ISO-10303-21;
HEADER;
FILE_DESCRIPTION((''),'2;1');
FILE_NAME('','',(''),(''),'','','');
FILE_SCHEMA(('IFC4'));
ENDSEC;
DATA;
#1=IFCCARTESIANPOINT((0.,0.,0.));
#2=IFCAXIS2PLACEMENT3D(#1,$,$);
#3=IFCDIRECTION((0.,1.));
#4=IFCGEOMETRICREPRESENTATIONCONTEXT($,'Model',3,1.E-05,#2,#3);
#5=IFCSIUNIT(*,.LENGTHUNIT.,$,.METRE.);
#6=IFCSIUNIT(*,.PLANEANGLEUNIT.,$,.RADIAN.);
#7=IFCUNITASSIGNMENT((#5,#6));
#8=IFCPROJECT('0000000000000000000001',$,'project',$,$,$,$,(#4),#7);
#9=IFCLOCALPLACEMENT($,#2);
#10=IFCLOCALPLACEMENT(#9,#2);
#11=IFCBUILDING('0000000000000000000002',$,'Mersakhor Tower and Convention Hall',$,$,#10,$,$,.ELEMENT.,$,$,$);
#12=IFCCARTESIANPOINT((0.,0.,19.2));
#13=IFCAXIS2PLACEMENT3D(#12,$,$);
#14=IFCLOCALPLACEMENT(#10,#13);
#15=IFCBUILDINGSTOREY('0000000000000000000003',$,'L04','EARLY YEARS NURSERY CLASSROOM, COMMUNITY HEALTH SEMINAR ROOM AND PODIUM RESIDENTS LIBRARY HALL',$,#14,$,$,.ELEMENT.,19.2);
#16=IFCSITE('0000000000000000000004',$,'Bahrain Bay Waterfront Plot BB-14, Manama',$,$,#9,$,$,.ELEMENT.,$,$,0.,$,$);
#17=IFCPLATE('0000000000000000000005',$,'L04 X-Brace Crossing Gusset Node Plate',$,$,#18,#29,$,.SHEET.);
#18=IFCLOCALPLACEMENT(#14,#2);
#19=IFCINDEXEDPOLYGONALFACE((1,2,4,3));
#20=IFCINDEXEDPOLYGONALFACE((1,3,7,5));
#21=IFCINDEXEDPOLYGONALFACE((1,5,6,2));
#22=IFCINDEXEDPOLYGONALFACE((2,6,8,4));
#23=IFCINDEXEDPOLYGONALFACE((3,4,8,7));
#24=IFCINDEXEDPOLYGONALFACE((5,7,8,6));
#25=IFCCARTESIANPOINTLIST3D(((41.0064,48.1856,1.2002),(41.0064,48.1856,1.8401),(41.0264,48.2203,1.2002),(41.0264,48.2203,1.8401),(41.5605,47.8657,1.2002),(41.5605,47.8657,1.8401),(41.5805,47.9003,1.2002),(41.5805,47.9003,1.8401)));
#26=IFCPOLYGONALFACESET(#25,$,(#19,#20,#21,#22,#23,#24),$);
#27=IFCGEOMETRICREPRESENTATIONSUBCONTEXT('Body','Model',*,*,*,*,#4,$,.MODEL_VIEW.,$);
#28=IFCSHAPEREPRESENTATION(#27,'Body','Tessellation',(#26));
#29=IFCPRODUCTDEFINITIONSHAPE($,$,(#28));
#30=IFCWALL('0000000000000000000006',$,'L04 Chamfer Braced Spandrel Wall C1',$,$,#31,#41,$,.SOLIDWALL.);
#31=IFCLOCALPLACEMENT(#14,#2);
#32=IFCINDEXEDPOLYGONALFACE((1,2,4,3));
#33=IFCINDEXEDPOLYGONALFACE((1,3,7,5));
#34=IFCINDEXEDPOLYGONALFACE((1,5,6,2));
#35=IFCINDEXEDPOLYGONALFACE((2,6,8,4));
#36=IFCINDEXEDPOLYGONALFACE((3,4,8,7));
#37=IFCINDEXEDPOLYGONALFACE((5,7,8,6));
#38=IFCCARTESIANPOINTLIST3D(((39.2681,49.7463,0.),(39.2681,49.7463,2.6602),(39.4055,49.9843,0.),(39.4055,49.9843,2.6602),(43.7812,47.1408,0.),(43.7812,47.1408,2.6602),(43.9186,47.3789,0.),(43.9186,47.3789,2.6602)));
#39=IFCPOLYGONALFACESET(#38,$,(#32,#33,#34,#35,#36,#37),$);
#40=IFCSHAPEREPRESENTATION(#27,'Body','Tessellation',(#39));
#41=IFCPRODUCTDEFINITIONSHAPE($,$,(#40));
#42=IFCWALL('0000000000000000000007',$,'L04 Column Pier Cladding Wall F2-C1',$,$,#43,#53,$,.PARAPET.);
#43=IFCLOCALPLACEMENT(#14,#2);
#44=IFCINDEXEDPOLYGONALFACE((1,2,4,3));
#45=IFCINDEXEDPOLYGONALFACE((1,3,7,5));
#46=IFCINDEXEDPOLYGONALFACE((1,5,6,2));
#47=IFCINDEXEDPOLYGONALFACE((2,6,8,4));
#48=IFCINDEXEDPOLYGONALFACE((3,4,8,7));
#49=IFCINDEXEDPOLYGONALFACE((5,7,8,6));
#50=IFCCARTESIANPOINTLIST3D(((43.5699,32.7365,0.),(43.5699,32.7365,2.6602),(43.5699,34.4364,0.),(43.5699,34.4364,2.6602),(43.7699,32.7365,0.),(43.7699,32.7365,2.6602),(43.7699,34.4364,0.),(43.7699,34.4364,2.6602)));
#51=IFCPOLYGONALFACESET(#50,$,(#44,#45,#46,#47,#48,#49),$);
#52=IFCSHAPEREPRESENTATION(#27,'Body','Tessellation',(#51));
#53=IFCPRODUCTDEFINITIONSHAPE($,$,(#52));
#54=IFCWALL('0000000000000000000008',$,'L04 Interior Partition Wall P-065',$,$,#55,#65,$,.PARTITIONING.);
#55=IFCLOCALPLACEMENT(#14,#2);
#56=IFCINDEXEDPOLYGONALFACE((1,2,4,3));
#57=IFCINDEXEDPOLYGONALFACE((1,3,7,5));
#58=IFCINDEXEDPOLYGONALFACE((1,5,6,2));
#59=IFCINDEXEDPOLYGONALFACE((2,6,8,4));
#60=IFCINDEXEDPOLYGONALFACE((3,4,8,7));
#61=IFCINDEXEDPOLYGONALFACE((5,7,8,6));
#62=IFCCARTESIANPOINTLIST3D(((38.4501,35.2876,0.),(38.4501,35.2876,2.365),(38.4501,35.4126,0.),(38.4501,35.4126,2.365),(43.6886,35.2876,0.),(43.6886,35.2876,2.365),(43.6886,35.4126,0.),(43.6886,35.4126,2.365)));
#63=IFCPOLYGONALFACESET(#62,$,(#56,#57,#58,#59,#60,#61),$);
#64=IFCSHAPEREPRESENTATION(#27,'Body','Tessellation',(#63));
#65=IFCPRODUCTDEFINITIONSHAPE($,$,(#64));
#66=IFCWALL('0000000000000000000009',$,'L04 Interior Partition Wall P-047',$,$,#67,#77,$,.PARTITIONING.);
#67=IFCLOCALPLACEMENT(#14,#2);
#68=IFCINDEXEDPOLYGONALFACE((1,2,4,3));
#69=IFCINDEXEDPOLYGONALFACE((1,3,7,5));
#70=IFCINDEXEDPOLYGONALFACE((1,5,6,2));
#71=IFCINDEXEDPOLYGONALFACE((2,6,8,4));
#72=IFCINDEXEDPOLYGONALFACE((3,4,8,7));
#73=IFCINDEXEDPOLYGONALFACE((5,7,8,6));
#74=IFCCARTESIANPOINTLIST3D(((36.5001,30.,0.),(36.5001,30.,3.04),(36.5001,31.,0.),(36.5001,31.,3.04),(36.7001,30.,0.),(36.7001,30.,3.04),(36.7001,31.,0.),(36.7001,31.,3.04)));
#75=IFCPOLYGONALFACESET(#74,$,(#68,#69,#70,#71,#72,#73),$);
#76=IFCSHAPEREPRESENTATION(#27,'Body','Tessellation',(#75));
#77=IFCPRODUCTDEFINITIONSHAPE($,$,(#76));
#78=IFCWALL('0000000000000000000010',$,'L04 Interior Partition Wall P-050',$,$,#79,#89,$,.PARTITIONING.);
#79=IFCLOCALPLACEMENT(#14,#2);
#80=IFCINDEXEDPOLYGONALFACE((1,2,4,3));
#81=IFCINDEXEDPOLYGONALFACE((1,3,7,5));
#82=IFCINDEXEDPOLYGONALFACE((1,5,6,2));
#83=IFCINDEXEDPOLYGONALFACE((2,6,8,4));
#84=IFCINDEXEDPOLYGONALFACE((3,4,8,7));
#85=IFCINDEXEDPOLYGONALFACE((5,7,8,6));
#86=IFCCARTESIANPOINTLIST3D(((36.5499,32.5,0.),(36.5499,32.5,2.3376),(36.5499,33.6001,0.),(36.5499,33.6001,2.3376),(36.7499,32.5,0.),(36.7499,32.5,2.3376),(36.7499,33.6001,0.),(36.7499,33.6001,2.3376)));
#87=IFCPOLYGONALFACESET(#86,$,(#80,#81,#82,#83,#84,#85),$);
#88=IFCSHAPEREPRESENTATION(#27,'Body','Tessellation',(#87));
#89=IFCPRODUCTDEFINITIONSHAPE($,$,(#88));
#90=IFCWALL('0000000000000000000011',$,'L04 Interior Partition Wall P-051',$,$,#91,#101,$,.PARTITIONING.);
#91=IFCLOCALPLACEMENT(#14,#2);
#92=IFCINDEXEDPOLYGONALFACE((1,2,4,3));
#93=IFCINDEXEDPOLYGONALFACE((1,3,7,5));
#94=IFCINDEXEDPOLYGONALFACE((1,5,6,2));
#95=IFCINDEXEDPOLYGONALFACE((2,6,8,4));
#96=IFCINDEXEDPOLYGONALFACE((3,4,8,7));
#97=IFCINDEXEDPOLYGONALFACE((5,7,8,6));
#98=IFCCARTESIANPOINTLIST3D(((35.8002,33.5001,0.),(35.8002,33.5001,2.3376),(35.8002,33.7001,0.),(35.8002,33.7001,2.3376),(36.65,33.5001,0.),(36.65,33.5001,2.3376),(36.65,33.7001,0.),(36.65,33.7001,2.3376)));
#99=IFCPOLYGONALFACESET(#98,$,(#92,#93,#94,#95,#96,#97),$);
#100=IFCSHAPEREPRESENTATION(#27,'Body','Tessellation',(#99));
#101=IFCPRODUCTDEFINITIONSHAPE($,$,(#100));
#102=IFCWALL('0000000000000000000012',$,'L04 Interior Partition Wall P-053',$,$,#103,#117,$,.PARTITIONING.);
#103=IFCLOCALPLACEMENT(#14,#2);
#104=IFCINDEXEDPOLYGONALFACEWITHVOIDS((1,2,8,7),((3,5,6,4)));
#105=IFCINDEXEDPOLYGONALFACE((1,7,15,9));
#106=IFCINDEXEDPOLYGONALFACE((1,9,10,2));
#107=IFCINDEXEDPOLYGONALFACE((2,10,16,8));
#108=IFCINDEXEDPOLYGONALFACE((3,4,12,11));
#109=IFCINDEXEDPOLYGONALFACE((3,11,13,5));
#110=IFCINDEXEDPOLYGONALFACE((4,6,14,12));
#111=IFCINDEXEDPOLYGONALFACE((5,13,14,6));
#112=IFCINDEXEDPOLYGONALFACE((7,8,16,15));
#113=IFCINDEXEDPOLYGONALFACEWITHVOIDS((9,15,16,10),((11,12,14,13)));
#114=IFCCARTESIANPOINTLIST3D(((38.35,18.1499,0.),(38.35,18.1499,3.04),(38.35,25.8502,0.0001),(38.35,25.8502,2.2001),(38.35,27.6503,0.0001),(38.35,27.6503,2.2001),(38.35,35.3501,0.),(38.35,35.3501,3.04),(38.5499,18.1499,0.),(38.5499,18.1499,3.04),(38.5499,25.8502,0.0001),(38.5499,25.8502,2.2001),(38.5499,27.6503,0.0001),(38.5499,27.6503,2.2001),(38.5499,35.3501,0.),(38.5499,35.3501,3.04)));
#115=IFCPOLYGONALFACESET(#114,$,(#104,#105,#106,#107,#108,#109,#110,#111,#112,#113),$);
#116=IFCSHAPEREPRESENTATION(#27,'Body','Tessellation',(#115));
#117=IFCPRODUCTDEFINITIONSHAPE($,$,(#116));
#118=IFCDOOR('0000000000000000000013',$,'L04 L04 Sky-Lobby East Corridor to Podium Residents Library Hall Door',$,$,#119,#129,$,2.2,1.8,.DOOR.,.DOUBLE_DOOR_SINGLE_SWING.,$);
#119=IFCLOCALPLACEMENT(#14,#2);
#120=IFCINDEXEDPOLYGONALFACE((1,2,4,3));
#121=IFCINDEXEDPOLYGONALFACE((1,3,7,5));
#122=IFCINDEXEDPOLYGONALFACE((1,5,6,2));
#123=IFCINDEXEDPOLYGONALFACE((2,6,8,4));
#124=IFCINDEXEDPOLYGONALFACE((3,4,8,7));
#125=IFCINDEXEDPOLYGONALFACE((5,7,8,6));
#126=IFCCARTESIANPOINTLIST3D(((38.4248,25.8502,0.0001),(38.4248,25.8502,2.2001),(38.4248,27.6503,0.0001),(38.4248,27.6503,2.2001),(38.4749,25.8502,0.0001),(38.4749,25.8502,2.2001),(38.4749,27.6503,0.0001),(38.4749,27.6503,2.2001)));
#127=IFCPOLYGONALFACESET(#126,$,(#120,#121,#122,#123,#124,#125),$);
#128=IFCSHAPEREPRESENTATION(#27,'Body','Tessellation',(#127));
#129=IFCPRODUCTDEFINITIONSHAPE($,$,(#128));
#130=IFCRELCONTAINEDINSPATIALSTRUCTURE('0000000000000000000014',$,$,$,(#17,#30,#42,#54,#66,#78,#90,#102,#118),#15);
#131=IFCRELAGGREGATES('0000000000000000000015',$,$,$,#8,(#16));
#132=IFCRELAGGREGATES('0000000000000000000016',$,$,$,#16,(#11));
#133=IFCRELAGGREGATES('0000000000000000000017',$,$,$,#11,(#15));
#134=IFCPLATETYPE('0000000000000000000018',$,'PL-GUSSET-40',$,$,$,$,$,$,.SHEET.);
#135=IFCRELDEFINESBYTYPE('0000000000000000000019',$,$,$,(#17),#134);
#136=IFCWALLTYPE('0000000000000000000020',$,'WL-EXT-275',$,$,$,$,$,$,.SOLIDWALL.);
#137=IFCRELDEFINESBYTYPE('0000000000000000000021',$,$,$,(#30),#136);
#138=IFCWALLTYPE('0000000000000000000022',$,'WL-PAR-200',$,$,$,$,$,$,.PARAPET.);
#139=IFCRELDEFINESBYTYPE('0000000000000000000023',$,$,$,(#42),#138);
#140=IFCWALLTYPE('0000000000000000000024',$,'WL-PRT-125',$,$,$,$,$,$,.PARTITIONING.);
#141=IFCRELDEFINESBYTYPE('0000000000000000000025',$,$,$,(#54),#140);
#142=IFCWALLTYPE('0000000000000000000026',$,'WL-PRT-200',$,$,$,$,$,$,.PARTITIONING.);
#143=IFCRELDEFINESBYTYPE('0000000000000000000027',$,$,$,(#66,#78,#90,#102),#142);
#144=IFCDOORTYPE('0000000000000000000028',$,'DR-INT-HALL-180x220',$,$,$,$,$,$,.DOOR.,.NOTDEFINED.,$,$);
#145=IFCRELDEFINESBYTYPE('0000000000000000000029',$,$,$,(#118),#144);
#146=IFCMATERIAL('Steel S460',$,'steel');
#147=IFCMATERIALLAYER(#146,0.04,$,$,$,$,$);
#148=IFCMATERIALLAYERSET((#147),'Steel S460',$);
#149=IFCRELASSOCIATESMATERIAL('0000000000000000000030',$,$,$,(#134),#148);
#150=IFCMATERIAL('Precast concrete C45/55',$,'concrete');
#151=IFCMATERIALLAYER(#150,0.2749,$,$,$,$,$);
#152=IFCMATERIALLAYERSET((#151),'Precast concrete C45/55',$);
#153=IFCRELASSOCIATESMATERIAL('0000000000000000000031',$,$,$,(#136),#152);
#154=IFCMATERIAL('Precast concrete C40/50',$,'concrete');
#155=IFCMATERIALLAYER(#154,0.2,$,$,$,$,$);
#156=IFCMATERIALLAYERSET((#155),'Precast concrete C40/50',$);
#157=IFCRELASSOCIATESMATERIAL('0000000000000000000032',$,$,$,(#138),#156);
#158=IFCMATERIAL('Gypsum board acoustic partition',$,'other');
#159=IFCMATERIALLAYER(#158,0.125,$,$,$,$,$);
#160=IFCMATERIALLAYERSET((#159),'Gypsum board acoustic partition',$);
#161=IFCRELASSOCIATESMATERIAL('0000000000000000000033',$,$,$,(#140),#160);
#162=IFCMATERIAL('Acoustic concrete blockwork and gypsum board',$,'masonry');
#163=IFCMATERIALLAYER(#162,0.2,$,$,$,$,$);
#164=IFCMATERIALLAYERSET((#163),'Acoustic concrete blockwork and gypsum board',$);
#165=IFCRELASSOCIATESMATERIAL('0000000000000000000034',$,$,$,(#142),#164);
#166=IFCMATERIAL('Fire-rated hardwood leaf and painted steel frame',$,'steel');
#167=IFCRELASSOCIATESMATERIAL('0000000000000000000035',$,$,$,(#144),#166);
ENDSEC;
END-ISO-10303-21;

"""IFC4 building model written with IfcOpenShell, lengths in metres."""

from ifc_helpers import new_model, si_unit, direction, frame, frame_2d, origin, origin_2d, place, context, subcontext, project, spatial, rectangle, extrude, material, layer, layer_set, type_object, element, fill, save


model = new_model("IFC4")

# Units and contexts
model_context = context("Model", 3, precision=1e-05, world=origin(), true_north=direction((0.0, 1.0)))
body_context = subcontext(model_context, "Body", "Model", "MODEL_VIEW")
ifc_project = project(units=[si_unit("LENGTHUNIT", "METRE"), si_unit("PLANEANGLEUNIT", "RADIAN")], contexts=[model_context])

# Site, building, storey
site_placement = place(None, origin())
site = spatial("IfcSite", under=ifc_project, at=site_placement, Name="Bahrain Bay Waterfront Plot BB-14, Manama", CompositionType="ELEMENT", RefElevation=0.0)
building_placement = place(site_placement, origin())
building = spatial("IfcBuilding", under=site, at=building_placement, Name="Mersakhor Tower and Convention Hall", CompositionType="ELEMENT")
storey_placement = place(building_placement, frame((0.0, 0.0, 19.2)))
storey = spatial("IfcBuildingStorey", under=building, at=storey_placement, Name="L04", Description="EARLY YEARS NURSERY CLASSROOM, COMMUNITY HEALTH SEMINAR ROOM AND PODIUM RESIDENTS LIBRARY HALL", CompositionType="ELEMENT", Elevation=19.2)

# Plate
ifc_material_1 = material(Name="Steel S460", Category="steel")
ifc_layer_1 = layer(ifc_material_1, 0.04)
ifc_layer_set_1 = layer_set([ifc_layer_1], Name="Steel S460")
plate_type = type_object("IfcPlateType", Name="PL-GUSSET-40", PredefinedType="SHEET", material=ifc_layer_set_1)
plate_placement = place(storey_placement, frame((41.2935, 48.043, 1.2002), z_axis=(0.0, 0.0, 1.0), x_axis=(-0.866025, 0.5, 0.0)))
element("IfcPlate", 1, at=plate_placement, inside=storey, type_object=plate_type, Name="L04 X-Brace Crossing Gusset Node Plate", PredefinedType="SHEET", context=body_context, shape_type="SweptSolid", body=[
    extrude(rectangle(XDim=0.6399, YDim=0.04, at=origin_2d()), origin(), (0.0, 0.0, 1.0), 0.6399),
])

# Walls
ifc_material_2 = material(Name="Precast concrete C45/55", Category="concrete")
ifc_layer_2 = layer(ifc_material_2, 0.2749)
ifc_layer_set_2 = layer_set([ifc_layer_2], Name="Precast concrete C45/55")
wall_type_1 = type_object("IfcWallType", Name="WL-EXT-275", PredefinedType="SOLIDWALL", material=ifc_layer_set_2)
wall_1_placement = place(storey_placement, frame((39.3369, 49.8652, 0.0), z_axis=(0.0, 0.0, 1.0), x_axis=(0.866044, -0.499968, 0.0)))
element("IfcWall", 2, at=wall_1_placement, inside=storey, type_object=wall_type_1, Name="L04 Chamfer Braced Spandrel Wall C1", PredefinedType="SOLIDWALL", context=body_context, shape_type="SweptSolid", body=[
    extrude(rectangle(XDim=5.2112, YDim=0.2749, at=frame_2d((2.6055, 0.0))), origin(), (0.0, 0.0, 1.0), 2.6602),
])
ifc_material_3 = material(Name="Precast concrete C40/50", Category="concrete")
ifc_layer_3 = layer(ifc_material_3, 0.2)
ifc_layer_set_3 = layer_set([ifc_layer_3], Name="Precast concrete C40/50")
wall_type_2 = type_object("IfcWallType", Name="WL-PAR-200", PredefinedType="PARAPET", material=ifc_layer_set_3)
wall_2_placement = place(storey_placement, frame((43.6699, 34.4365, 0.0), z_axis=(0.0, 0.0, 1.0), x_axis=(0.0, -1.0, 0.0)))
element("IfcWall", 3, at=wall_2_placement, inside=storey, type_object=wall_type_2, Name="L04 Column Pier Cladding Wall F2-C1", PredefinedType="PARAPET", context=body_context, shape_type="SweptSolid", body=[
    extrude(rectangle(XDim=1.7, YDim=0.2, at=frame_2d((0.8501, 0.0))), origin(), (0.0, 0.0, 1.0), 2.6602),
])
ifc_material_4 = material(Name="Gypsum board acoustic partition", Category="other")
ifc_layer_4 = layer(ifc_material_4, 0.125)
ifc_layer_set_4 = layer_set([ifc_layer_4], Name="Gypsum board acoustic partition")
wall_type_3 = type_object("IfcWallType", Name="WL-PRT-125", PredefinedType="PARTITIONING", material=ifc_layer_set_4)
wall_3_placement = place(storey_placement, frame((43.6885, 35.3501, 0.0), z_axis=(0.0, 0.0, 1.0), x_axis=(-1.0, 0.0, 0.0)))
element("IfcWall", 4, at=wall_3_placement, inside=storey, type_object=wall_type_3, Name="L04 Interior Partition Wall P-065", PredefinedType="PARTITIONING", context=body_context, shape_type="SweptSolid", body=[
    extrude(rectangle(XDim=5.2385, YDim=0.125, at=frame_2d((2.6191, 0.0))), origin(), (0.0, 0.0, 1.0), 2.365),
])
ifc_material_5 = material(Name="Acoustic concrete blockwork and gypsum board", Category="masonry")
ifc_layer_5 = layer(ifc_material_5, 0.2)
ifc_layer_set_5 = layer_set([ifc_layer_5], Name="Acoustic concrete blockwork and gypsum board")
wall_type_4 = type_object("IfcWallType", Name="WL-PRT-200", PredefinedType="PARTITIONING", material=ifc_layer_set_5)
wall_4_placement = place(storey_placement, frame((36.6001, 30.0, 0.0), z_axis=(0.0, 0.0, 1.0), x_axis=(0.0, 1.0, 0.0)))
element("IfcWall", 5, at=wall_4_placement, inside=storey, type_object=wall_type_4, Name="L04 Interior Partition Wall P-047", PredefinedType="PARTITIONING", context=body_context, shape_type="SweptSolid", body=[
    extrude(rectangle(XDim=1.0, YDim=0.2, at=frame_2d((0.5, 0.0))), origin(), (0.0, 0.0, 1.0), 3.04),
])
wall_5_placement = place(storey_placement, frame((36.6499, 32.5, 0.0), z_axis=(0.0, 0.0, 1.0), x_axis=(0.0, 1.0, 0.0)))
element("IfcWall", 6, at=wall_5_placement, inside=storey, type_object=wall_type_4, Name="L04 Interior Partition Wall P-050", PredefinedType="PARTITIONING", context=body_context, shape_type="SweptSolid", body=[
    extrude(rectangle(XDim=1.1001, YDim=0.2, at=frame_2d((0.55, 0.0))), origin(), (0.0, 0.0, 1.0), 2.3376),
])
wall_6_placement = place(storey_placement, frame((36.6499, 33.6001, 0.0), z_axis=(0.0, 0.0, 1.0), x_axis=(-1.0, 0.0, 0.0)))
element("IfcWall", 7, at=wall_6_placement, inside=storey, type_object=wall_type_4, Name="L04 Interior Partition Wall P-051", PredefinedType="PARTITIONING", context=body_context, shape_type="SweptSolid", body=[
    extrude(rectangle(XDim=0.8499, YDim=0.2, at=frame_2d((0.4248, 0.0))), origin(), (0.0, 0.0, 1.0), 2.3376),
])

# Wall, opening, door
wall_7_placement = place(storey_placement, frame((38.45, 35.3501, 0.0), z_axis=(0.0, 0.0, 1.0), x_axis=(0.0, -1.0, 0.0)))
wall_7 = element("IfcWall", 8, at=wall_7_placement, inside=storey, type_object=wall_type_4, Name="L04 Interior Partition Wall P-053", PredefinedType="PARTITIONING", context=body_context, shape_type="SweptSolid", body=[
    extrude(rectangle(XDim=17.2002, YDim=0.2, at=frame_2d((8.6001, 0.0))), origin(), (0.0, 0.0, 1.0), 3.04),
])
opening_placement = place(wall_7_placement, frame((7.7, 0.0, 0.0)))
opening = element("IfcOpeningElement", 9, at=opening_placement, cuts=wall_7, PredefinedType="OPENING", context=body_context, shape_type="SweptSolid", body=[
    extrude(rectangle(XDim=1.8, YDim=2.2, at=frame_2d((0.8999, 1.1001))), frame((0.0, 0.1099, 0.0), z_axis=(0.0, -1.0, 0.0), x_axis=(1.0, 0.0, 0.0)), (0.0, 0.0, 1.0), 0.22),
])
ifc_material_6 = material(Name="Fire-rated hardwood leaf and painted steel frame", Category="steel")
door_type = type_object("IfcDoorType", Name="DR-INT-HALL-180x220", OperationType="NOTDEFINED", PredefinedType="DOOR", material=ifc_material_6)
door_placement = place(opening_placement, origin())
door = element("IfcDoor", 10, at=door_placement, inside=storey, type_object=door_type, Name="L04 L04 Sky-Lobby East Corridor to Podium Residents Library Hall Door", OperationType="DOUBLE_DOOR_SINGLE_SWING", OverallHeight=2.2, OverallWidth=1.8, PredefinedType="DOOR", context=body_context, shape_type="SweptSolid", body=[
    extrude(rectangle(XDim=1.8, YDim=2.2, at=frame_2d((0.8999, 1.1001))), frame((0.0, 0.0249, 0.0), z_axis=(0.0, -1.0, 0.0), x_axis=(1.0, 0.0, 0.0)), (0.0, 0.0, 1.0), 0.05),
])
fill(opening, door)

save(model, "model.ifc")
